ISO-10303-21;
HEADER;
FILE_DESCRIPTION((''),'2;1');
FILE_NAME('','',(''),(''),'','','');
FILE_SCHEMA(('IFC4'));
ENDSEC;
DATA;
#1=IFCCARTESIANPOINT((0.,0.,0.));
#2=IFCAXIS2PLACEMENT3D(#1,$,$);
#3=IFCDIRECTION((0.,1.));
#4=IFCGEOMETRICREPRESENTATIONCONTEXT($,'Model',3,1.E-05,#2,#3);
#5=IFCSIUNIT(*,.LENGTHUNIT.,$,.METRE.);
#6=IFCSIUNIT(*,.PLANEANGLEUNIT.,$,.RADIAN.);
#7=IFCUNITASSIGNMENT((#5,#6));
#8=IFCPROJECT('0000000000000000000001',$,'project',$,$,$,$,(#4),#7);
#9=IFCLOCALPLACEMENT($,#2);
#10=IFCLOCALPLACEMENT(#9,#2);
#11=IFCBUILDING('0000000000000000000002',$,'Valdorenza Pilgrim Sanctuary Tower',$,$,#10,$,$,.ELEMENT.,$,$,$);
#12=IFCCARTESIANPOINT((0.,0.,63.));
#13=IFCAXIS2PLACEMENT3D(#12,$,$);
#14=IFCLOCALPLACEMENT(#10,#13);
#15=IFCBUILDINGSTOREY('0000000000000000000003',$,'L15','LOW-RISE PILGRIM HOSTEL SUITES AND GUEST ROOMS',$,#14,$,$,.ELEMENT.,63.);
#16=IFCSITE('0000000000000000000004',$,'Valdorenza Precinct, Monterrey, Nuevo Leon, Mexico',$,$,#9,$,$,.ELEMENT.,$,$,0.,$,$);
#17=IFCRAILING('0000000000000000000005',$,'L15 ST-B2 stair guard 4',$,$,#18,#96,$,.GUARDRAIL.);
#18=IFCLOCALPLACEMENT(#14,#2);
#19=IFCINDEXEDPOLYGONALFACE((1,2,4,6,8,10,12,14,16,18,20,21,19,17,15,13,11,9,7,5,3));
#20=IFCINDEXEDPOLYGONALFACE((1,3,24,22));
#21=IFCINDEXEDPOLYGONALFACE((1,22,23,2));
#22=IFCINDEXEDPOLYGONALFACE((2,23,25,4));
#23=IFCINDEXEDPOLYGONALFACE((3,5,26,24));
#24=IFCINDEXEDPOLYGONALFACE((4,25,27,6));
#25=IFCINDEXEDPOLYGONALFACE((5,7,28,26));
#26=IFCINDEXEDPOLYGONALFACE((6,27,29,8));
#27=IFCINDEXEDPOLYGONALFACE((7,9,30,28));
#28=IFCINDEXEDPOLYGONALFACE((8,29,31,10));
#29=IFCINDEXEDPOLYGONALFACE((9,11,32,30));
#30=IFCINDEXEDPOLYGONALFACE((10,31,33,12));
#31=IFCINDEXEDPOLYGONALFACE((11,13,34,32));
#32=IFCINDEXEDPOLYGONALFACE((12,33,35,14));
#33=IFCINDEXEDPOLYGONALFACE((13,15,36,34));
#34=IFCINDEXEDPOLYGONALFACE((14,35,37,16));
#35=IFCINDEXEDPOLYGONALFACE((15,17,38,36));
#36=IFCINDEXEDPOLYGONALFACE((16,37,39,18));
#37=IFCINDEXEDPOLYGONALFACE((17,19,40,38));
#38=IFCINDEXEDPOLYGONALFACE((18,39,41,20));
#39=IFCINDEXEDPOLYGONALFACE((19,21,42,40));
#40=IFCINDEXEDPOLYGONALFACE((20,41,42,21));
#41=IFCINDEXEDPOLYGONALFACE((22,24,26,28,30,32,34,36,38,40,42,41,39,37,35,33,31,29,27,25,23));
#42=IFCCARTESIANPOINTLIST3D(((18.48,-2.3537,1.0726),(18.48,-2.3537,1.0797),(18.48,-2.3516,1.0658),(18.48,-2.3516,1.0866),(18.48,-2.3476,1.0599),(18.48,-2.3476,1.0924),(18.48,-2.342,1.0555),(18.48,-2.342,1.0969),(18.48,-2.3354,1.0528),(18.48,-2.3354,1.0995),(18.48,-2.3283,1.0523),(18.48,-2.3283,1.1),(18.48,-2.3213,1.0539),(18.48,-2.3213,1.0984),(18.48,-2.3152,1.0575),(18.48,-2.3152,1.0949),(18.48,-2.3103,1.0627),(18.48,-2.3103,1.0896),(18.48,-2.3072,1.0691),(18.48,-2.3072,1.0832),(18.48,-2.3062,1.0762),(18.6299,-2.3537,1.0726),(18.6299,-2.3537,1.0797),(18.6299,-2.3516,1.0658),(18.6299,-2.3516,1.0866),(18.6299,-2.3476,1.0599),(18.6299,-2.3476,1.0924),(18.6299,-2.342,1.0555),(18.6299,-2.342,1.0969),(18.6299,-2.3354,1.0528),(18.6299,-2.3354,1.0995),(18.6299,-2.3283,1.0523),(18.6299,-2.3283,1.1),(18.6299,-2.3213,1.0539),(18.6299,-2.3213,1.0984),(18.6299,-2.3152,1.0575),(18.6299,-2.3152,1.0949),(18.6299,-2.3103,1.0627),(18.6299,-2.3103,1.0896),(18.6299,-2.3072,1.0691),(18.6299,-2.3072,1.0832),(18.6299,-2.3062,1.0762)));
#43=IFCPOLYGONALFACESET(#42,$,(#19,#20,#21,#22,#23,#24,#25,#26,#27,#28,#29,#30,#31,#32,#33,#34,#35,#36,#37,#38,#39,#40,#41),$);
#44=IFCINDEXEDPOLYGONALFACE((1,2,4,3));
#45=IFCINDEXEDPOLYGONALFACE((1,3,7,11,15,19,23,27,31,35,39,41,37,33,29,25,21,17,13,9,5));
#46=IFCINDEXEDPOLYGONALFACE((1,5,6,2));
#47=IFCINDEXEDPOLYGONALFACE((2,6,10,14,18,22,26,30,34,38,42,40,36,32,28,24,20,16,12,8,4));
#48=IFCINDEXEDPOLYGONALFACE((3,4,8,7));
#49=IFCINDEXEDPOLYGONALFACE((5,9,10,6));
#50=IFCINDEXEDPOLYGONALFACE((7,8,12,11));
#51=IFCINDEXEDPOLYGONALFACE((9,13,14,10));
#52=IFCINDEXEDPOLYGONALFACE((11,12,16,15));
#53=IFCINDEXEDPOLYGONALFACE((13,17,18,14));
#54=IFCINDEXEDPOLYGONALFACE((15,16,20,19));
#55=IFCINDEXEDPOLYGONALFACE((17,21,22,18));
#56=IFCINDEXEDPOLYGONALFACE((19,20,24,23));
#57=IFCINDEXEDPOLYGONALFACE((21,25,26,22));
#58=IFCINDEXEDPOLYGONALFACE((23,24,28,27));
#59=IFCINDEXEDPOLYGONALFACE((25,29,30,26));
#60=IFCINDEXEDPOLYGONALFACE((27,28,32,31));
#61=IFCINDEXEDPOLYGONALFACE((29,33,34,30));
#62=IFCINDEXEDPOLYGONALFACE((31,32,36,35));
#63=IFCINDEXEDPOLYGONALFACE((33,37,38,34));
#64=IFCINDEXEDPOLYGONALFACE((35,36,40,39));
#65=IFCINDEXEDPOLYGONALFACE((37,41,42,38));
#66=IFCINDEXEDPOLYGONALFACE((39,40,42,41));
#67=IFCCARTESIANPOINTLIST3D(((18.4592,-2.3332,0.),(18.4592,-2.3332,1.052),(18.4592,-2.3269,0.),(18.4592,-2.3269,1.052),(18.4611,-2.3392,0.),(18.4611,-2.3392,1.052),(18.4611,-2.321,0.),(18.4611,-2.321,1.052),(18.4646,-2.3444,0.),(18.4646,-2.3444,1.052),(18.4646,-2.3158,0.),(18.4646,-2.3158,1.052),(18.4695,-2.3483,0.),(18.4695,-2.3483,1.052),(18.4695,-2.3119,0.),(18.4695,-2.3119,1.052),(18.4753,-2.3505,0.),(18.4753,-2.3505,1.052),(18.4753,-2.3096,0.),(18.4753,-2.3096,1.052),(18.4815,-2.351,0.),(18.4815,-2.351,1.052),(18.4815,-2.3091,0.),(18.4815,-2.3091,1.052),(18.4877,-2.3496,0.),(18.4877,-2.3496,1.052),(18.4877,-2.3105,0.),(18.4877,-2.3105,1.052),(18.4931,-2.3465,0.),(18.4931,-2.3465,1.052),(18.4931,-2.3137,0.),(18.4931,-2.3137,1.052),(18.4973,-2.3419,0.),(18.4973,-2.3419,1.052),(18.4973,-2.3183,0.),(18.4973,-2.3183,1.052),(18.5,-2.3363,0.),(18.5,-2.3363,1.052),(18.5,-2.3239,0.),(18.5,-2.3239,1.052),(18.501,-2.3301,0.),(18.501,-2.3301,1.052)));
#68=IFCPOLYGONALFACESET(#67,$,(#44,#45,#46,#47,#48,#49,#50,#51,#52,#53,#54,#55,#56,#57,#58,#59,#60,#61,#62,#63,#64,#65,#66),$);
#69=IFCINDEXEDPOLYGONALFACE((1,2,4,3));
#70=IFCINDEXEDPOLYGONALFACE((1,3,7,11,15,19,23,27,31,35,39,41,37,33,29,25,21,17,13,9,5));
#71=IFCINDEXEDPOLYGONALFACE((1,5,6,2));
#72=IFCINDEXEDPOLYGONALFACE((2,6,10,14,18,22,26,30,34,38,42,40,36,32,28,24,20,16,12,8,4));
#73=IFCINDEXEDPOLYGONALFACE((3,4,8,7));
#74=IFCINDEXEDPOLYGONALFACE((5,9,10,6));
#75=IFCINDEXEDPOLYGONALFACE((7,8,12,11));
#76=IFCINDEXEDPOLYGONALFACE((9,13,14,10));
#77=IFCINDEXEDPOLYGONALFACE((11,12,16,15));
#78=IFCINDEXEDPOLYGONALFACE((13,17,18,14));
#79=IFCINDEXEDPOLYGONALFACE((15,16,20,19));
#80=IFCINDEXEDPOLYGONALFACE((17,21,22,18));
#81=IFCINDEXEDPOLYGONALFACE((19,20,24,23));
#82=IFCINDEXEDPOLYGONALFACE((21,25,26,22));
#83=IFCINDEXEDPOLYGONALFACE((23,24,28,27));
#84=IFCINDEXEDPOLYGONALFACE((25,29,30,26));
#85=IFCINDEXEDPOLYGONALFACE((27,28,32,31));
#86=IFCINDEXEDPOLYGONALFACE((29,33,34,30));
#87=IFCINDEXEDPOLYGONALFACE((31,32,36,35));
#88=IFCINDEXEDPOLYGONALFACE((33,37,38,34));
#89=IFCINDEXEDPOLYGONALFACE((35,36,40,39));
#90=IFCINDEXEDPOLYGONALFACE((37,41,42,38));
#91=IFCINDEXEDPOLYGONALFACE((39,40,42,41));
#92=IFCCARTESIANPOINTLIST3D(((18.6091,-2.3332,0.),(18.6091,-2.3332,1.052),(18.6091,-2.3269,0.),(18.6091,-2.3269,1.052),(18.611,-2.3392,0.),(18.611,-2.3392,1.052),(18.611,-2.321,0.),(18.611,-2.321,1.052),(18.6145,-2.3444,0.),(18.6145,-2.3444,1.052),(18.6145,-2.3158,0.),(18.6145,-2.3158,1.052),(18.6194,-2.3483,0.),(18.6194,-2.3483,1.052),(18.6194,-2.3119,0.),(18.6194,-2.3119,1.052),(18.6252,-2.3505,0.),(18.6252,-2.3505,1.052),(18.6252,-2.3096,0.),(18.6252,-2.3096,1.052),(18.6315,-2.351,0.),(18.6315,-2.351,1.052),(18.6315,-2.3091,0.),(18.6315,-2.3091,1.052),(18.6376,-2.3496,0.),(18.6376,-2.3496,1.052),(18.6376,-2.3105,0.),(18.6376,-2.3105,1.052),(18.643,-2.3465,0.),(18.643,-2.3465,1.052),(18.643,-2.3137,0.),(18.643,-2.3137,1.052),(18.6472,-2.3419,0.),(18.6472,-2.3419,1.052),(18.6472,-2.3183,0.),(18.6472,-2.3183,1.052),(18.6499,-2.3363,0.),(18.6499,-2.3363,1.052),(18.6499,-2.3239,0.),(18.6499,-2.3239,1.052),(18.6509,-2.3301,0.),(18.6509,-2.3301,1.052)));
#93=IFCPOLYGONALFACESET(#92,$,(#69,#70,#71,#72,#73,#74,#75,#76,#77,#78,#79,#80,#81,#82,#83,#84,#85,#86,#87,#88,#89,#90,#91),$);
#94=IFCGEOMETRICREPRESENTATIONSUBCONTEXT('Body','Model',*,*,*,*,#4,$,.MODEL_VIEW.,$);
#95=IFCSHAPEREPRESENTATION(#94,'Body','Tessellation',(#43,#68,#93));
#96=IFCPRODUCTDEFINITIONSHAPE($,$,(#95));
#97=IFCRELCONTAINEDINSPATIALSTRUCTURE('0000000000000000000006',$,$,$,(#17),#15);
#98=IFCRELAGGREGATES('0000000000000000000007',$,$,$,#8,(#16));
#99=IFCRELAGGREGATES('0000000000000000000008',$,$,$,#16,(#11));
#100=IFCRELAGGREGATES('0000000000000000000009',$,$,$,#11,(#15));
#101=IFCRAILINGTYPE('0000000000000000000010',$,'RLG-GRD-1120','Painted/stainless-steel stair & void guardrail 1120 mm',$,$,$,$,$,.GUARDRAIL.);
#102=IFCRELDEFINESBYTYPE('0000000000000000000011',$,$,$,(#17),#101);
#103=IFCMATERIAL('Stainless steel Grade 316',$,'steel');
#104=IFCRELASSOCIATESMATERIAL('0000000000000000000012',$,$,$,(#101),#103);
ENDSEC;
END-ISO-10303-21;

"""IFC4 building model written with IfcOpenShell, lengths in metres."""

from ifc_helpers import new_model, si_unit, direction, frame, origin, origin_2d, place, context, subcontext, project, spatial, circle, extrude, material, type_object, element, save


model = new_model("IFC4")

# Units and contexts
model_context = context("Model", 3, precision=1e-05, world=origin(), true_north=direction((0.0, 1.0)))
body_context = subcontext(model_context, "Body", "Model", "MODEL_VIEW")
ifc_project = project(units=[si_unit("LENGTHUNIT", "METRE"), si_unit("PLANEANGLEUNIT", "RADIAN")], contexts=[model_context])

# Site, building, storey
site_placement = place(None, origin())
site = spatial("IfcSite", under=ifc_project, at=site_placement, Name="Valdorenza Precinct, Monterrey, Nuevo Leon, Mexico", CompositionType="ELEMENT", RefElevation=0.0)
building_placement = place(site_placement, origin())
building = spatial("IfcBuilding", under=site, at=building_placement, Name="Valdorenza Pilgrim Sanctuary Tower", CompositionType="ELEMENT")
storey_placement = place(building_placement, frame((0.0, 0.0, 63.0)))
storey = spatial("IfcBuildingStorey", under=building, at=storey_placement, Name="L15", Description="LOW-RISE PILGRIM HOSTEL SUITES AND GUEST ROOMS", CompositionType="ELEMENT", Elevation=63.0)

# Railing
ifc_material_1 = material(Name="Stainless steel Grade 316", Category="steel")
railing_type_1 = type_object("IfcRailingType", Name="RLG-GRD-1120", Description="Painted/stainless-steel stair & void guardrail 1120 mm", PredefinedType="GUARDRAIL", material=ifc_material_1)
railing_1_placement = place(storey_placement, frame((18.48, -2.3301, 0.0)))
element("IfcRailing", 1, at=railing_1_placement, inside=storey, type_object=railing_type_1, Name="L15 ST-B2 stair guard 4", PredefinedType="GUARDRAIL", context=body_context, shape_type="SweptSolid", body=[
    extrude(circle(Radius=0.0239, at=origin_2d()), frame((0.0, 0.0, 1.0762), z_axis=(1.0, 0.0, 0.0), x_axis=(0.0, 1.0, 0.0)), (0.0, 0.0, 1.0), 0.1499),
    extrude(circle(Radius=0.021, at=origin_2d()), origin(), (0.0, 0.0, 1.0), 1.052),
    extrude(circle(Radius=0.021, at=origin_2d()), frame((0.1499, 0.0, 0.0)), (0.0, 0.0, 1.0), 1.052),
])

save(model, "model.ifc")
